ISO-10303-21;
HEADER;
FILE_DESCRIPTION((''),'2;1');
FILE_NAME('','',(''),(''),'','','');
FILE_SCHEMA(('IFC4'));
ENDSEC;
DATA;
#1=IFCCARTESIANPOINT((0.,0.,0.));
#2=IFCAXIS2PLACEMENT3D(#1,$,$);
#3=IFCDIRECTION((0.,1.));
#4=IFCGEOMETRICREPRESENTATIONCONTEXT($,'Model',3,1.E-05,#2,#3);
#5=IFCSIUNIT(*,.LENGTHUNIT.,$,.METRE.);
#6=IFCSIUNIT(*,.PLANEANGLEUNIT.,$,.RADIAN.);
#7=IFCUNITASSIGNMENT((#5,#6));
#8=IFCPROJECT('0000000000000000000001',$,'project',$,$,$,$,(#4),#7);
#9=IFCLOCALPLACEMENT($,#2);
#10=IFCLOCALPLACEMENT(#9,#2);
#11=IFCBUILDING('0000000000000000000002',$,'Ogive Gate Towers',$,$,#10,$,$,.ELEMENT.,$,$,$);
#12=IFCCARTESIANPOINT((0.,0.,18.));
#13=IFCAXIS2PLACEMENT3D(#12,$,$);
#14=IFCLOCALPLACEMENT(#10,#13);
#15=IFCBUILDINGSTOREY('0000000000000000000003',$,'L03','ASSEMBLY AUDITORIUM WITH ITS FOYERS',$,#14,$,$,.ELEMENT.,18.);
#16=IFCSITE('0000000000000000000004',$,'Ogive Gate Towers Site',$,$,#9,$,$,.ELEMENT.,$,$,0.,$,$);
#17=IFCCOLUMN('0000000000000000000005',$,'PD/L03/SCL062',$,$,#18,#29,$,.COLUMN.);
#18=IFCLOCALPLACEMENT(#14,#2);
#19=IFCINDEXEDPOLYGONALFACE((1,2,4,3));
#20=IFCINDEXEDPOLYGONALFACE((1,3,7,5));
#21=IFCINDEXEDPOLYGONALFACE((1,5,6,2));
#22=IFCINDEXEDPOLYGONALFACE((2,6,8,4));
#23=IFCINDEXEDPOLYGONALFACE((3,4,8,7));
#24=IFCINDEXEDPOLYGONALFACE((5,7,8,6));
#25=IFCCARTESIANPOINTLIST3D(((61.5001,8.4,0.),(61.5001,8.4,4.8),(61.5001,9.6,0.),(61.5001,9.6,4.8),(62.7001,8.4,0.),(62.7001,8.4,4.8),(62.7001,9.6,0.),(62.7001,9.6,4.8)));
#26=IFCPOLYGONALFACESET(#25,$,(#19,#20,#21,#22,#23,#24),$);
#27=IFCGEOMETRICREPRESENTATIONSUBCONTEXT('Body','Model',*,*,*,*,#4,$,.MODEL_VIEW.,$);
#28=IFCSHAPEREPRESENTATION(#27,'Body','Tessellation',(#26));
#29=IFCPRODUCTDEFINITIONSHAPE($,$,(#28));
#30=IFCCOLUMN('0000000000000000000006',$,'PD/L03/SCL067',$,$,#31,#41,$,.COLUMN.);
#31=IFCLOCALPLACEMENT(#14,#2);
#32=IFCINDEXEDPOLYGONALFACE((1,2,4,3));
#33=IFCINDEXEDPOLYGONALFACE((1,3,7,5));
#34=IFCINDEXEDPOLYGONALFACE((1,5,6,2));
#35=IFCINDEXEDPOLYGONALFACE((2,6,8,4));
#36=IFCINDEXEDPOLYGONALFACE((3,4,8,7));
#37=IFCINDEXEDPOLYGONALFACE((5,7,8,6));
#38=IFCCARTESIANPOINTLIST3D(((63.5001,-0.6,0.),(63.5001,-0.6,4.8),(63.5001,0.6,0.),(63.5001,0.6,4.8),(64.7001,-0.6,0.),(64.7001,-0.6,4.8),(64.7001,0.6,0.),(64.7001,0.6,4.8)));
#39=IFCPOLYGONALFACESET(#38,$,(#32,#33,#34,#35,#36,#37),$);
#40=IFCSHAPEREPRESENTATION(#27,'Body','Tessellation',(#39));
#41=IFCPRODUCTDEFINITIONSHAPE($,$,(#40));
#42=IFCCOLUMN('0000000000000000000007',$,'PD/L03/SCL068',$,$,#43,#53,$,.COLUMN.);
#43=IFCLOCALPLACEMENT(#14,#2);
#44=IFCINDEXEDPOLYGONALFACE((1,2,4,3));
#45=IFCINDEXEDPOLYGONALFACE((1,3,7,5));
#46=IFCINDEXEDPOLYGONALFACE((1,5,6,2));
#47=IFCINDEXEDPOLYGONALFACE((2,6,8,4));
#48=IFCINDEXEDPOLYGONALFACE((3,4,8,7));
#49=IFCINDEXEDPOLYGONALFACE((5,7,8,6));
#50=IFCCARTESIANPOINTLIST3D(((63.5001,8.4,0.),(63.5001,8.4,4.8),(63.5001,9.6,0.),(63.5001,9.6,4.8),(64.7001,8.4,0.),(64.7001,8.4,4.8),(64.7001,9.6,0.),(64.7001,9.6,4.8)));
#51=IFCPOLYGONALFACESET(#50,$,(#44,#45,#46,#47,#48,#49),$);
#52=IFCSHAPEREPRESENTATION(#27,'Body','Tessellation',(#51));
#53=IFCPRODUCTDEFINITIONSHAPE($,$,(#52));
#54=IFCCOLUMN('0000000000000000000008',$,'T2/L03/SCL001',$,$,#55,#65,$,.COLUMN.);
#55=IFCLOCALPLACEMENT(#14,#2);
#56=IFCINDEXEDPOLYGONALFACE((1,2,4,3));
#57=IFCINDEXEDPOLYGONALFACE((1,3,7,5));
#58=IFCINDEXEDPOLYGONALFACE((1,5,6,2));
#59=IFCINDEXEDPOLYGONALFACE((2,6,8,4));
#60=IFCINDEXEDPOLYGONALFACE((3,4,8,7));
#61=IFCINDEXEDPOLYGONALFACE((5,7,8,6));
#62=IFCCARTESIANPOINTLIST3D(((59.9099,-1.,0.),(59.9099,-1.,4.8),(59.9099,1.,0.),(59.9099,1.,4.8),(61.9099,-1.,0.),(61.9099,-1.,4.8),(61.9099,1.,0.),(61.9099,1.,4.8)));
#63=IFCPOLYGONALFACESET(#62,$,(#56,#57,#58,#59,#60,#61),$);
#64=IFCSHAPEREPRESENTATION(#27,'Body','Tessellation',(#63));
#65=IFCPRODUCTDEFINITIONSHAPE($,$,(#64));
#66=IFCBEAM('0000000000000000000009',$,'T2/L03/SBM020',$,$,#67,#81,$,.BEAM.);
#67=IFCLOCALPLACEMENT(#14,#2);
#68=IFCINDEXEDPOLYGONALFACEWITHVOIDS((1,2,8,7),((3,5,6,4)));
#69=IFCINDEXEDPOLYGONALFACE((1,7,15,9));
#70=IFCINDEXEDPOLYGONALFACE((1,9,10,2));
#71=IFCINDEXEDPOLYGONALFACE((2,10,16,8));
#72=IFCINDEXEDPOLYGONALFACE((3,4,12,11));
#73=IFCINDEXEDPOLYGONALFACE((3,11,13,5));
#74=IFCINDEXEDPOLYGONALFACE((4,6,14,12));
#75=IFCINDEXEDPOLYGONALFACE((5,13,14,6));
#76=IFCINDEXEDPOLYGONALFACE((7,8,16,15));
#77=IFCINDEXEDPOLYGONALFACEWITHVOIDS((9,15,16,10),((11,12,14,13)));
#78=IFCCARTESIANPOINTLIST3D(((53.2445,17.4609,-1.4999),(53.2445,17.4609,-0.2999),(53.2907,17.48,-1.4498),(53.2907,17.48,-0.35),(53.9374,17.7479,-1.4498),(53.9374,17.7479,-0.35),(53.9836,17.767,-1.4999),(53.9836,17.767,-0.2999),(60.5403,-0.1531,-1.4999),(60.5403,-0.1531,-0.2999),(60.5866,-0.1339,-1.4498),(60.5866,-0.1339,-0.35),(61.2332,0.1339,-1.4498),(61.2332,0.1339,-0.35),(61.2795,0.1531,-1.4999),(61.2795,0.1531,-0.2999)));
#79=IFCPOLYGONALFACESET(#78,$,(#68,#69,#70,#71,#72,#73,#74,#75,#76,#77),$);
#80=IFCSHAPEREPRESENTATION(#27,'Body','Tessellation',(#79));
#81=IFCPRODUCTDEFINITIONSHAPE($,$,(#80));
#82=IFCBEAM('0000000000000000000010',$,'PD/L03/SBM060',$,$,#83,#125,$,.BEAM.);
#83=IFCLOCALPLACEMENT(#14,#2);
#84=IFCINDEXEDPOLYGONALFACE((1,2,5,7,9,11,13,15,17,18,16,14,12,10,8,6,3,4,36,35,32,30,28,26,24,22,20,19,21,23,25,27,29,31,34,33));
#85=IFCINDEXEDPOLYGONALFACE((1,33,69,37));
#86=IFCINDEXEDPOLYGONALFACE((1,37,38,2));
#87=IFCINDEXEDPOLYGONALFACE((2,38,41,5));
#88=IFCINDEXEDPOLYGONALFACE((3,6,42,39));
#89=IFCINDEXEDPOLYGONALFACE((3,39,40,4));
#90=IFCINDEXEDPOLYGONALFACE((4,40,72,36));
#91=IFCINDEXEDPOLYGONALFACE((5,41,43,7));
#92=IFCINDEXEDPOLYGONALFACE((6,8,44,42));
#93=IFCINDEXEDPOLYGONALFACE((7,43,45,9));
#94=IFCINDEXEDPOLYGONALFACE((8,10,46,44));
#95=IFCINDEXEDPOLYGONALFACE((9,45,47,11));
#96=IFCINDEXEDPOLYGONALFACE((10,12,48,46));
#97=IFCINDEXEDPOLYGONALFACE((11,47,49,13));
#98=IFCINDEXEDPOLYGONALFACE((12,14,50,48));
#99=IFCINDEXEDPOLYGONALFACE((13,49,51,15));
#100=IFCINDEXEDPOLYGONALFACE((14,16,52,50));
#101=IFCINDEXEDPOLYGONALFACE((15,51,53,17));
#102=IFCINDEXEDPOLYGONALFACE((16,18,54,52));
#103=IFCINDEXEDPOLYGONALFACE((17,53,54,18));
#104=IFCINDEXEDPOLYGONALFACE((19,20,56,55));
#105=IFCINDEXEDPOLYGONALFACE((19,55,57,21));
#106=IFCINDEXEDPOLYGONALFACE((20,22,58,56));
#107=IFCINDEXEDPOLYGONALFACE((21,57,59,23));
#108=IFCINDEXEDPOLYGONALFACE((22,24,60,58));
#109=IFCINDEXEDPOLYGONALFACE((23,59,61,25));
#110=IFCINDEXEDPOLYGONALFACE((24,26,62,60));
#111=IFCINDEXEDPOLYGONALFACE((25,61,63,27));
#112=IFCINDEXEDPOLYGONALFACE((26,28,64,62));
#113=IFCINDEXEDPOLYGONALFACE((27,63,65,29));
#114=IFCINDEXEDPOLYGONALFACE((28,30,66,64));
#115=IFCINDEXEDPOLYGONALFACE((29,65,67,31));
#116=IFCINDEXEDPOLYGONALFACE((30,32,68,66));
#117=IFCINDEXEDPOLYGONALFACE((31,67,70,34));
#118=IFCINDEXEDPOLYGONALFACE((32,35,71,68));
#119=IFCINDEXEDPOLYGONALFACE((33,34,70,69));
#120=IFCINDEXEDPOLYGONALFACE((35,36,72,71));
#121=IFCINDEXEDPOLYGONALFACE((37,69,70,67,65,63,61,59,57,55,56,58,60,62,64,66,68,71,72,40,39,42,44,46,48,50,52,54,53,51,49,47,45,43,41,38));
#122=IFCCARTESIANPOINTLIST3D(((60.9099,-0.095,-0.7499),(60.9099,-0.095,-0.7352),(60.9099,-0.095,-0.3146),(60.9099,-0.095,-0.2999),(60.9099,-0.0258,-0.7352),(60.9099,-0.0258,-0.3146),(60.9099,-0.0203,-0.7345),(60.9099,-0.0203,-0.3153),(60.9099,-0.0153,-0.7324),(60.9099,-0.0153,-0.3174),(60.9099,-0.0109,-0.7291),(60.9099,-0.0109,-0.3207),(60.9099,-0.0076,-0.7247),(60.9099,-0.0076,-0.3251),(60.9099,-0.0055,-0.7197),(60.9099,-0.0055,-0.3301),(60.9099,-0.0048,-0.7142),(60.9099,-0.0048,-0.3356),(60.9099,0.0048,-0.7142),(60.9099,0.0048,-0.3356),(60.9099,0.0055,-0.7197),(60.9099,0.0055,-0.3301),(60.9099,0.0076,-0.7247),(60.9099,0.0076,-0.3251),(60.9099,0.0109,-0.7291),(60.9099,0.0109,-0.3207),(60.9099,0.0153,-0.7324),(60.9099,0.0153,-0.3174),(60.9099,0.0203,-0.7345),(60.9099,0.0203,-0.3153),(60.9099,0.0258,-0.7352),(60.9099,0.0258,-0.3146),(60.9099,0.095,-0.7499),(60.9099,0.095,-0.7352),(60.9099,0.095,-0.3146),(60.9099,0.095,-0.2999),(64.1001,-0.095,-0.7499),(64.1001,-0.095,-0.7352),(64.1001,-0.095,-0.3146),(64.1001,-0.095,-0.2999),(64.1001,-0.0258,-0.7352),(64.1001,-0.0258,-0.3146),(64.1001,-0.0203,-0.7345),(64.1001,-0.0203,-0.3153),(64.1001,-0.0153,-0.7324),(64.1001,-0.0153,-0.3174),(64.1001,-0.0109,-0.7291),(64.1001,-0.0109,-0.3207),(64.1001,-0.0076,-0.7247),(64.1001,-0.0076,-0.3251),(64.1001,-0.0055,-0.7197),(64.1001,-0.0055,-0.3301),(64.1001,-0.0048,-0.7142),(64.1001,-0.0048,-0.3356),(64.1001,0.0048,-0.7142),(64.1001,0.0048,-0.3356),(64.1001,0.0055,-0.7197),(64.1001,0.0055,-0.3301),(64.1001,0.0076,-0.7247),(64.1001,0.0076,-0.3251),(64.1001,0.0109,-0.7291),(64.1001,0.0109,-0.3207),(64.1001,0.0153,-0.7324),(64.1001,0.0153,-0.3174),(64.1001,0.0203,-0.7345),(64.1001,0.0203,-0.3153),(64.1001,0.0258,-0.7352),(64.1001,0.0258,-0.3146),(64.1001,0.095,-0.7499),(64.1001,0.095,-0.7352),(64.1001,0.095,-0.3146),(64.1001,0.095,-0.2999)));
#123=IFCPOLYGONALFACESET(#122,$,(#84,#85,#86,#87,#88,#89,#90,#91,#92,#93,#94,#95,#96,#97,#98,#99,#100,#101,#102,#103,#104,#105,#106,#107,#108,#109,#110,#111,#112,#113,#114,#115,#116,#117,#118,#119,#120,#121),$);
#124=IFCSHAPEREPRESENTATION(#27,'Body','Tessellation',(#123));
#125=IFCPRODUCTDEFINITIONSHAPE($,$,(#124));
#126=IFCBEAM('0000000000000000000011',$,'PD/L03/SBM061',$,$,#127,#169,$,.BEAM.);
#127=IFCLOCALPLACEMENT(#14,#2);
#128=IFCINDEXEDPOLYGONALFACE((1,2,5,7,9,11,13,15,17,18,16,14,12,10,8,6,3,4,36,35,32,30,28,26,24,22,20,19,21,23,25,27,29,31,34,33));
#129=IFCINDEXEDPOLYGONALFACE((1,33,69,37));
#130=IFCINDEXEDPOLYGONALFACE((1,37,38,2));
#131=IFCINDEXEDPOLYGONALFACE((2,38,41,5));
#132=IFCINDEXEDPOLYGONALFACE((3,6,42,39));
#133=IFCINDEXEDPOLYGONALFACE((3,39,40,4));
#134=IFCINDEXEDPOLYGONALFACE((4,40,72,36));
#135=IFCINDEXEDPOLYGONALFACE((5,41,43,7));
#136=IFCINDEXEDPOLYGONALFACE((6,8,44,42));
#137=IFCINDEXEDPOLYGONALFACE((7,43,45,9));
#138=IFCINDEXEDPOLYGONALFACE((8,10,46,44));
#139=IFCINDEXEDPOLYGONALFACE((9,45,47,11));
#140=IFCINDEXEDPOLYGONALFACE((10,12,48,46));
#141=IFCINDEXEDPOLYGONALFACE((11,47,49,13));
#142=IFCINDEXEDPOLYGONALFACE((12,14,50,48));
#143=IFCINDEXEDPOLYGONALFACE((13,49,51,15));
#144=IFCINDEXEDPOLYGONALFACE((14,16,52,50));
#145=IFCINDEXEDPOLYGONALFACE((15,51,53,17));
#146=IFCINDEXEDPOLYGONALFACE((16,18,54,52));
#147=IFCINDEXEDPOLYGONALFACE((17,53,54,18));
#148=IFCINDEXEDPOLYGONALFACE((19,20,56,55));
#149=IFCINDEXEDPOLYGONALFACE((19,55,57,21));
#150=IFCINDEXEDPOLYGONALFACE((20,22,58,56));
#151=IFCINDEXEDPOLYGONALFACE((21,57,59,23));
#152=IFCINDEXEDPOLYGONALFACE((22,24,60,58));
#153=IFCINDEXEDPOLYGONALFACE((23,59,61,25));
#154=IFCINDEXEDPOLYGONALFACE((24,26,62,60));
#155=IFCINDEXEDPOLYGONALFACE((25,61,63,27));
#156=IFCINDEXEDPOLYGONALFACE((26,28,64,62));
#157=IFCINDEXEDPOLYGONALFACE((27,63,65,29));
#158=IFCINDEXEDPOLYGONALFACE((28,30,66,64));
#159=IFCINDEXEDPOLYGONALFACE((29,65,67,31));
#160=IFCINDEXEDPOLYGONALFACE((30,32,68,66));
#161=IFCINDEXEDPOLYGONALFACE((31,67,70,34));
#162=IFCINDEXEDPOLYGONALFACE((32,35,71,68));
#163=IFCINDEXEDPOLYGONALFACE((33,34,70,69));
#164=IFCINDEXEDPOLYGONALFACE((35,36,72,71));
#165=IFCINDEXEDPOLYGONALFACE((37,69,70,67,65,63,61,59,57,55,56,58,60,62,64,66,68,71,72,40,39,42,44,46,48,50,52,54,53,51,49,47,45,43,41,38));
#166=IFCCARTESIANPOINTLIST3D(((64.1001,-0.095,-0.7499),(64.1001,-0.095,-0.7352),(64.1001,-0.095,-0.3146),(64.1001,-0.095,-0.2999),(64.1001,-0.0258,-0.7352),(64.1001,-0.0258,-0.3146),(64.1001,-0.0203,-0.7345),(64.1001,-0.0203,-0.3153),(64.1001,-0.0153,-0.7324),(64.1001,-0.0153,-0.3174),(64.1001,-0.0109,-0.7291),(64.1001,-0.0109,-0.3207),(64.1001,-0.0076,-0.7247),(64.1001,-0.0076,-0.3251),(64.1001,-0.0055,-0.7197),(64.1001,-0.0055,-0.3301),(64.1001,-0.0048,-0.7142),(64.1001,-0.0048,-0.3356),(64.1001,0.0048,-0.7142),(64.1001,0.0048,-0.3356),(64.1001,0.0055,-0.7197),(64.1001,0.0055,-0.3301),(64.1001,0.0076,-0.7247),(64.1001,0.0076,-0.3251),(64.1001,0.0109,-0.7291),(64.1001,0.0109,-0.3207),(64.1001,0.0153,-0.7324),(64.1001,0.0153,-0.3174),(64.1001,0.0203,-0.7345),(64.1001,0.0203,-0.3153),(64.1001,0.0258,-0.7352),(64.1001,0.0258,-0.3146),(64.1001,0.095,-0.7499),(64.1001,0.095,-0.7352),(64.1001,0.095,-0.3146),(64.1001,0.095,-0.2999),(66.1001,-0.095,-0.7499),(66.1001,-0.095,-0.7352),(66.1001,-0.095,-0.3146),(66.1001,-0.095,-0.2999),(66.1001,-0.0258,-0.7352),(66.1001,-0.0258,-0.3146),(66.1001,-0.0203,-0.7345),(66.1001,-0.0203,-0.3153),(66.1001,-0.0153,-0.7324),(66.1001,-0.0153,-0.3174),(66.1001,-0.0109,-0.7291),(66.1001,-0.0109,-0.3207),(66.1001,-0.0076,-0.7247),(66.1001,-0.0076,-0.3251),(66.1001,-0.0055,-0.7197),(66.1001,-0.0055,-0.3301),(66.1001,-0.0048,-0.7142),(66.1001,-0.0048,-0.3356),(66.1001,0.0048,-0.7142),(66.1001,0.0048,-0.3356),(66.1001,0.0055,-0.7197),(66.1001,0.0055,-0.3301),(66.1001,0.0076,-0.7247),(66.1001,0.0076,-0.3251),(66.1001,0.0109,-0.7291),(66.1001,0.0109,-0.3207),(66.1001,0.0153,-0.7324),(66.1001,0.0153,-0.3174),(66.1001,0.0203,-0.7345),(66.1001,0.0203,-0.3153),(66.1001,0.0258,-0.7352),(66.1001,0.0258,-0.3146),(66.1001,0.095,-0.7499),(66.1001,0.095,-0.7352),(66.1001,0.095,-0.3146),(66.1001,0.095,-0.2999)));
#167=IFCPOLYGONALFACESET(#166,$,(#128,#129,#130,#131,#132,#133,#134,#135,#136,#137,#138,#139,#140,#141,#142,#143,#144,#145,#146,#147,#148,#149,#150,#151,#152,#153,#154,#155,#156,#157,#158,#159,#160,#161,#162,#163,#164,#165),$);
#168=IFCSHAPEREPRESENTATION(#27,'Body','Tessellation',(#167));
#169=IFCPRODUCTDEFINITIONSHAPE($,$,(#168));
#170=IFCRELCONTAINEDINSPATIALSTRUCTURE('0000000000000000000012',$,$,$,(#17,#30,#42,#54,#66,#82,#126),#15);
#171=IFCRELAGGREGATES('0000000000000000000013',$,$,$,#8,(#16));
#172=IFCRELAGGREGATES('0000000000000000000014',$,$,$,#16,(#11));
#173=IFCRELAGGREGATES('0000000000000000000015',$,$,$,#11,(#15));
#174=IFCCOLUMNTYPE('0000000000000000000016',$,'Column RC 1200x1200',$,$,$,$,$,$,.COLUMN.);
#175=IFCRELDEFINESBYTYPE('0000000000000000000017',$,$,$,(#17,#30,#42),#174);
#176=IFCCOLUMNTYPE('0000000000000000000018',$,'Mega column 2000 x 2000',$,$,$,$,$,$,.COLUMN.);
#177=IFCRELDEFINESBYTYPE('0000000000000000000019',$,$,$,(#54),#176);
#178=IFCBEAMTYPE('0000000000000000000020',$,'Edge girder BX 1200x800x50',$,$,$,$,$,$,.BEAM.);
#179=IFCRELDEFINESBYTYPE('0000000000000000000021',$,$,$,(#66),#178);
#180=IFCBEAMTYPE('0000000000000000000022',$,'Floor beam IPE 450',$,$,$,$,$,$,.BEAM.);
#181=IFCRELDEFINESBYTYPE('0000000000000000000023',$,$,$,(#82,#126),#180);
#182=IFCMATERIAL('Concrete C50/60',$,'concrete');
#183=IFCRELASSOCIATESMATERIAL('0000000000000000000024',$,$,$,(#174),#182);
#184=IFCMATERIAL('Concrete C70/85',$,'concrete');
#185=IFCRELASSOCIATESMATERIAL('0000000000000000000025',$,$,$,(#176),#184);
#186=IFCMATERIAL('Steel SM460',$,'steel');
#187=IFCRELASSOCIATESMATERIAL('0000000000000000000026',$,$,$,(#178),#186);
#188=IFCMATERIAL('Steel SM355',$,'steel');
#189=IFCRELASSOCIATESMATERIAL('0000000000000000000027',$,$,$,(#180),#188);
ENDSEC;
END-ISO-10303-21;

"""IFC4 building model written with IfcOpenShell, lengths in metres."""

from ifc_helpers import new_model, si_unit, direction, frame, origin, origin_2d, place, context, subcontext, project, spatial, rectangle, hollow_rectangle, i_section, extrude, material, material_profile, profile_set, type_object, element, save


model = new_model("IFC4")

# Units and contexts
model_context = context("Model", 3, precision=1e-05, world=origin(), true_north=direction((0.0, 1.0)))
body_context = subcontext(model_context, "Body", "Model", "MODEL_VIEW")
ifc_project = project(units=[si_unit("LENGTHUNIT", "METRE"), si_unit("PLANEANGLEUNIT", "RADIAN")], contexts=[model_context])

# Site, building, storey
site_placement = place(None, origin())
site = spatial("IfcSite", under=ifc_project, at=site_placement, Name="Ogive Gate Towers Site", CompositionType="ELEMENT", RefElevation=0.0)
building_placement = place(site_placement, origin())
building = spatial("IfcBuilding", under=site, at=building_placement, Name="Ogive Gate Towers", CompositionType="ELEMENT")
storey_placement = place(building_placement, frame((0.0, 0.0, 18.0)))
storey = spatial("IfcBuildingStorey", under=building, at=storey_placement, Name="L03", Description="ASSEMBLY AUDITORIUM WITH ITS FOYERS", CompositionType="ELEMENT", Elevation=18.0)

# Columns
ifc_material_1 = material(Name="Concrete C50/60", Category="concrete")
ifc_material_profile_1 = material_profile(ifc_material_1, rectangle(XDim=1.2, YDim=1.2, at=origin_2d()), Name="RC 1200x1200")
ifc_profile_set_1 = profile_set([ifc_material_profile_1], Name="Concrete C50/60")
column_type_1 = type_object("IfcColumnType", Name="Column RC 1200x1200", PredefinedType="COLUMN", material=ifc_profile_set_1)
for number, where, z_axis, x_axis, name in (
    (1, (62.1001, 9.0, 0.0), (0.0, 0.0, 1.0), (1.0, 0.0, 0.0), "PD/L03/SCL062"),
    (2, (64.1001, 0.0, 0.0), (0.0, 0.0, 1.0), (1.0, 0.0, 0.0), "PD/L03/SCL067"),
    (3, (64.1001, 9.0, 0.0), (0.0, 0.0, 1.0), (1.0, 0.0, 0.0), "PD/L03/SCL068"),
):
    element("IfcColumn", number, at=place(storey_placement, frame(where, z_axis=z_axis, x_axis=x_axis)), inside=storey, type_object=column_type_1, Name=name, PredefinedType="COLUMN", context=body_context, shape_type="SweptSolid", body=[
        extrude(rectangle(XDim=1.2, YDim=1.2, at=origin_2d()), origin(), (0.0, 0.0, 1.0), 4.8),
    ])
ifc_material_2 = material(Name="Concrete C70/85", Category="concrete")
ifc_material_profile_2 = material_profile(ifc_material_2, rectangle(XDim=2.0, YDim=2.0, at=origin_2d()), Name="RC 2000x2000")
ifc_profile_set_2 = profile_set([ifc_material_profile_2], Name="Concrete C70/85")
column_type_2 = type_object("IfcColumnType", Name="Mega column 2000 x 2000", PredefinedType="COLUMN", material=ifc_profile_set_2)
column_placement = place(storey_placement, frame((60.9099, 0.0, 0.0), z_axis=(0.0, 0.0, 1.0), x_axis=(1.0, 0.0, 0.0)))
element("IfcColumn", 4, at=column_placement, inside=storey, type_object=column_type_2, Name="T2/L03/SCL001", PredefinedType="COLUMN", context=body_context, shape_type="SweptSolid", body=[
    extrude(rectangle(XDim=2.0, YDim=2.0, at=origin_2d()), origin(), (0.0, 0.0, 1.0), 4.8),
])

# Beams
ifc_material_3 = material(Name="Steel SM460", Category="steel")
ifc_material_profile_3 = material_profile(ifc_material_3, hollow_rectangle(XDim=0.8, YDim=1.2, WallThickness=0.05, at=origin_2d()), Name="BX 1200x800x50")
ifc_profile_set_3 = profile_set([ifc_material_profile_3], Name="Steel SM460")
beam_type_1 = type_object("IfcBeamType", Name="Edge girder BX 1200x800x50", PredefinedType="BEAM", material=ifc_profile_set_3)
beam_1_placement = place(storey_placement, frame((60.9099, 0.0, -0.8999), z_axis=(-0.382681, 0.923881, 0.0), x_axis=(-0.923881, -0.382681, 0.0)))
element("IfcBeam", 5, at=beam_1_placement, inside=storey, type_object=beam_type_1, Name="T2/L03/SBM020", PredefinedType="BEAM", context=body_context, shape_type="SweptSolid", body=[
    extrude(hollow_rectangle(XDim=0.8, YDim=1.2, WallThickness=0.05, at=origin_2d()), origin(), (0.0, 0.0, 1.0), 19.0652),
])
ifc_material_4 = material(Name="Steel SM355", Category="steel")
ifc_material_profile_4 = material_profile(ifc_material_4, i_section(OverallWidth=0.1899, OverallDepth=0.45, WebThickness=0.0095, FlangeThickness=0.0146, FilletRadius=0.021, at=origin_2d()), Name="IPE 450")
ifc_profile_set_4 = profile_set([ifc_material_profile_4], Name="Steel SM355")
beam_type_2 = type_object("IfcBeamType", Name="Floor beam IPE 450", PredefinedType="BEAM", material=ifc_profile_set_4)
beam_2_placement = place(storey_placement, frame((60.9099, 0.0, -0.5249), z_axis=(1.0, 0.0, 0.0), x_axis=(0.0, 1.0, 0.0)))
element("IfcBeam", 6, at=beam_2_placement, inside=storey, type_object=beam_type_2, Name="PD/L03/SBM060", PredefinedType="BEAM", context=body_context, shape_type="SweptSolid", body=[
    extrude(i_section(OverallWidth=0.1899, OverallDepth=0.45, WebThickness=0.0095, FlangeThickness=0.0146, FilletRadius=0.021, at=origin_2d()), origin(), (0.0, 0.0, 1.0), 3.1902),
])
for number, where, z_axis, x_axis, name in (
    (7, (64.1001, 0.0, -0.5249), (1.0, 0.0, 0.0), (0.0, 1.0, 0.0), "PD/L03/SBM061"),
):
    element("IfcBeam", number, at=place(storey_placement, frame(where, z_axis=z_axis, x_axis=x_axis)), inside=storey, type_object=beam_type_2, Name=name, PredefinedType="BEAM", context=body_context, shape_type="SweptSolid", body=[
        extrude(i_section(OverallWidth=0.1899, OverallDepth=0.45, WebThickness=0.0095, FlangeThickness=0.0146, FilletRadius=0.021, at=origin_2d()), origin(), (0.0, 0.0, 1.0), 2.0),
    ])

save(model, "model.ifc")
